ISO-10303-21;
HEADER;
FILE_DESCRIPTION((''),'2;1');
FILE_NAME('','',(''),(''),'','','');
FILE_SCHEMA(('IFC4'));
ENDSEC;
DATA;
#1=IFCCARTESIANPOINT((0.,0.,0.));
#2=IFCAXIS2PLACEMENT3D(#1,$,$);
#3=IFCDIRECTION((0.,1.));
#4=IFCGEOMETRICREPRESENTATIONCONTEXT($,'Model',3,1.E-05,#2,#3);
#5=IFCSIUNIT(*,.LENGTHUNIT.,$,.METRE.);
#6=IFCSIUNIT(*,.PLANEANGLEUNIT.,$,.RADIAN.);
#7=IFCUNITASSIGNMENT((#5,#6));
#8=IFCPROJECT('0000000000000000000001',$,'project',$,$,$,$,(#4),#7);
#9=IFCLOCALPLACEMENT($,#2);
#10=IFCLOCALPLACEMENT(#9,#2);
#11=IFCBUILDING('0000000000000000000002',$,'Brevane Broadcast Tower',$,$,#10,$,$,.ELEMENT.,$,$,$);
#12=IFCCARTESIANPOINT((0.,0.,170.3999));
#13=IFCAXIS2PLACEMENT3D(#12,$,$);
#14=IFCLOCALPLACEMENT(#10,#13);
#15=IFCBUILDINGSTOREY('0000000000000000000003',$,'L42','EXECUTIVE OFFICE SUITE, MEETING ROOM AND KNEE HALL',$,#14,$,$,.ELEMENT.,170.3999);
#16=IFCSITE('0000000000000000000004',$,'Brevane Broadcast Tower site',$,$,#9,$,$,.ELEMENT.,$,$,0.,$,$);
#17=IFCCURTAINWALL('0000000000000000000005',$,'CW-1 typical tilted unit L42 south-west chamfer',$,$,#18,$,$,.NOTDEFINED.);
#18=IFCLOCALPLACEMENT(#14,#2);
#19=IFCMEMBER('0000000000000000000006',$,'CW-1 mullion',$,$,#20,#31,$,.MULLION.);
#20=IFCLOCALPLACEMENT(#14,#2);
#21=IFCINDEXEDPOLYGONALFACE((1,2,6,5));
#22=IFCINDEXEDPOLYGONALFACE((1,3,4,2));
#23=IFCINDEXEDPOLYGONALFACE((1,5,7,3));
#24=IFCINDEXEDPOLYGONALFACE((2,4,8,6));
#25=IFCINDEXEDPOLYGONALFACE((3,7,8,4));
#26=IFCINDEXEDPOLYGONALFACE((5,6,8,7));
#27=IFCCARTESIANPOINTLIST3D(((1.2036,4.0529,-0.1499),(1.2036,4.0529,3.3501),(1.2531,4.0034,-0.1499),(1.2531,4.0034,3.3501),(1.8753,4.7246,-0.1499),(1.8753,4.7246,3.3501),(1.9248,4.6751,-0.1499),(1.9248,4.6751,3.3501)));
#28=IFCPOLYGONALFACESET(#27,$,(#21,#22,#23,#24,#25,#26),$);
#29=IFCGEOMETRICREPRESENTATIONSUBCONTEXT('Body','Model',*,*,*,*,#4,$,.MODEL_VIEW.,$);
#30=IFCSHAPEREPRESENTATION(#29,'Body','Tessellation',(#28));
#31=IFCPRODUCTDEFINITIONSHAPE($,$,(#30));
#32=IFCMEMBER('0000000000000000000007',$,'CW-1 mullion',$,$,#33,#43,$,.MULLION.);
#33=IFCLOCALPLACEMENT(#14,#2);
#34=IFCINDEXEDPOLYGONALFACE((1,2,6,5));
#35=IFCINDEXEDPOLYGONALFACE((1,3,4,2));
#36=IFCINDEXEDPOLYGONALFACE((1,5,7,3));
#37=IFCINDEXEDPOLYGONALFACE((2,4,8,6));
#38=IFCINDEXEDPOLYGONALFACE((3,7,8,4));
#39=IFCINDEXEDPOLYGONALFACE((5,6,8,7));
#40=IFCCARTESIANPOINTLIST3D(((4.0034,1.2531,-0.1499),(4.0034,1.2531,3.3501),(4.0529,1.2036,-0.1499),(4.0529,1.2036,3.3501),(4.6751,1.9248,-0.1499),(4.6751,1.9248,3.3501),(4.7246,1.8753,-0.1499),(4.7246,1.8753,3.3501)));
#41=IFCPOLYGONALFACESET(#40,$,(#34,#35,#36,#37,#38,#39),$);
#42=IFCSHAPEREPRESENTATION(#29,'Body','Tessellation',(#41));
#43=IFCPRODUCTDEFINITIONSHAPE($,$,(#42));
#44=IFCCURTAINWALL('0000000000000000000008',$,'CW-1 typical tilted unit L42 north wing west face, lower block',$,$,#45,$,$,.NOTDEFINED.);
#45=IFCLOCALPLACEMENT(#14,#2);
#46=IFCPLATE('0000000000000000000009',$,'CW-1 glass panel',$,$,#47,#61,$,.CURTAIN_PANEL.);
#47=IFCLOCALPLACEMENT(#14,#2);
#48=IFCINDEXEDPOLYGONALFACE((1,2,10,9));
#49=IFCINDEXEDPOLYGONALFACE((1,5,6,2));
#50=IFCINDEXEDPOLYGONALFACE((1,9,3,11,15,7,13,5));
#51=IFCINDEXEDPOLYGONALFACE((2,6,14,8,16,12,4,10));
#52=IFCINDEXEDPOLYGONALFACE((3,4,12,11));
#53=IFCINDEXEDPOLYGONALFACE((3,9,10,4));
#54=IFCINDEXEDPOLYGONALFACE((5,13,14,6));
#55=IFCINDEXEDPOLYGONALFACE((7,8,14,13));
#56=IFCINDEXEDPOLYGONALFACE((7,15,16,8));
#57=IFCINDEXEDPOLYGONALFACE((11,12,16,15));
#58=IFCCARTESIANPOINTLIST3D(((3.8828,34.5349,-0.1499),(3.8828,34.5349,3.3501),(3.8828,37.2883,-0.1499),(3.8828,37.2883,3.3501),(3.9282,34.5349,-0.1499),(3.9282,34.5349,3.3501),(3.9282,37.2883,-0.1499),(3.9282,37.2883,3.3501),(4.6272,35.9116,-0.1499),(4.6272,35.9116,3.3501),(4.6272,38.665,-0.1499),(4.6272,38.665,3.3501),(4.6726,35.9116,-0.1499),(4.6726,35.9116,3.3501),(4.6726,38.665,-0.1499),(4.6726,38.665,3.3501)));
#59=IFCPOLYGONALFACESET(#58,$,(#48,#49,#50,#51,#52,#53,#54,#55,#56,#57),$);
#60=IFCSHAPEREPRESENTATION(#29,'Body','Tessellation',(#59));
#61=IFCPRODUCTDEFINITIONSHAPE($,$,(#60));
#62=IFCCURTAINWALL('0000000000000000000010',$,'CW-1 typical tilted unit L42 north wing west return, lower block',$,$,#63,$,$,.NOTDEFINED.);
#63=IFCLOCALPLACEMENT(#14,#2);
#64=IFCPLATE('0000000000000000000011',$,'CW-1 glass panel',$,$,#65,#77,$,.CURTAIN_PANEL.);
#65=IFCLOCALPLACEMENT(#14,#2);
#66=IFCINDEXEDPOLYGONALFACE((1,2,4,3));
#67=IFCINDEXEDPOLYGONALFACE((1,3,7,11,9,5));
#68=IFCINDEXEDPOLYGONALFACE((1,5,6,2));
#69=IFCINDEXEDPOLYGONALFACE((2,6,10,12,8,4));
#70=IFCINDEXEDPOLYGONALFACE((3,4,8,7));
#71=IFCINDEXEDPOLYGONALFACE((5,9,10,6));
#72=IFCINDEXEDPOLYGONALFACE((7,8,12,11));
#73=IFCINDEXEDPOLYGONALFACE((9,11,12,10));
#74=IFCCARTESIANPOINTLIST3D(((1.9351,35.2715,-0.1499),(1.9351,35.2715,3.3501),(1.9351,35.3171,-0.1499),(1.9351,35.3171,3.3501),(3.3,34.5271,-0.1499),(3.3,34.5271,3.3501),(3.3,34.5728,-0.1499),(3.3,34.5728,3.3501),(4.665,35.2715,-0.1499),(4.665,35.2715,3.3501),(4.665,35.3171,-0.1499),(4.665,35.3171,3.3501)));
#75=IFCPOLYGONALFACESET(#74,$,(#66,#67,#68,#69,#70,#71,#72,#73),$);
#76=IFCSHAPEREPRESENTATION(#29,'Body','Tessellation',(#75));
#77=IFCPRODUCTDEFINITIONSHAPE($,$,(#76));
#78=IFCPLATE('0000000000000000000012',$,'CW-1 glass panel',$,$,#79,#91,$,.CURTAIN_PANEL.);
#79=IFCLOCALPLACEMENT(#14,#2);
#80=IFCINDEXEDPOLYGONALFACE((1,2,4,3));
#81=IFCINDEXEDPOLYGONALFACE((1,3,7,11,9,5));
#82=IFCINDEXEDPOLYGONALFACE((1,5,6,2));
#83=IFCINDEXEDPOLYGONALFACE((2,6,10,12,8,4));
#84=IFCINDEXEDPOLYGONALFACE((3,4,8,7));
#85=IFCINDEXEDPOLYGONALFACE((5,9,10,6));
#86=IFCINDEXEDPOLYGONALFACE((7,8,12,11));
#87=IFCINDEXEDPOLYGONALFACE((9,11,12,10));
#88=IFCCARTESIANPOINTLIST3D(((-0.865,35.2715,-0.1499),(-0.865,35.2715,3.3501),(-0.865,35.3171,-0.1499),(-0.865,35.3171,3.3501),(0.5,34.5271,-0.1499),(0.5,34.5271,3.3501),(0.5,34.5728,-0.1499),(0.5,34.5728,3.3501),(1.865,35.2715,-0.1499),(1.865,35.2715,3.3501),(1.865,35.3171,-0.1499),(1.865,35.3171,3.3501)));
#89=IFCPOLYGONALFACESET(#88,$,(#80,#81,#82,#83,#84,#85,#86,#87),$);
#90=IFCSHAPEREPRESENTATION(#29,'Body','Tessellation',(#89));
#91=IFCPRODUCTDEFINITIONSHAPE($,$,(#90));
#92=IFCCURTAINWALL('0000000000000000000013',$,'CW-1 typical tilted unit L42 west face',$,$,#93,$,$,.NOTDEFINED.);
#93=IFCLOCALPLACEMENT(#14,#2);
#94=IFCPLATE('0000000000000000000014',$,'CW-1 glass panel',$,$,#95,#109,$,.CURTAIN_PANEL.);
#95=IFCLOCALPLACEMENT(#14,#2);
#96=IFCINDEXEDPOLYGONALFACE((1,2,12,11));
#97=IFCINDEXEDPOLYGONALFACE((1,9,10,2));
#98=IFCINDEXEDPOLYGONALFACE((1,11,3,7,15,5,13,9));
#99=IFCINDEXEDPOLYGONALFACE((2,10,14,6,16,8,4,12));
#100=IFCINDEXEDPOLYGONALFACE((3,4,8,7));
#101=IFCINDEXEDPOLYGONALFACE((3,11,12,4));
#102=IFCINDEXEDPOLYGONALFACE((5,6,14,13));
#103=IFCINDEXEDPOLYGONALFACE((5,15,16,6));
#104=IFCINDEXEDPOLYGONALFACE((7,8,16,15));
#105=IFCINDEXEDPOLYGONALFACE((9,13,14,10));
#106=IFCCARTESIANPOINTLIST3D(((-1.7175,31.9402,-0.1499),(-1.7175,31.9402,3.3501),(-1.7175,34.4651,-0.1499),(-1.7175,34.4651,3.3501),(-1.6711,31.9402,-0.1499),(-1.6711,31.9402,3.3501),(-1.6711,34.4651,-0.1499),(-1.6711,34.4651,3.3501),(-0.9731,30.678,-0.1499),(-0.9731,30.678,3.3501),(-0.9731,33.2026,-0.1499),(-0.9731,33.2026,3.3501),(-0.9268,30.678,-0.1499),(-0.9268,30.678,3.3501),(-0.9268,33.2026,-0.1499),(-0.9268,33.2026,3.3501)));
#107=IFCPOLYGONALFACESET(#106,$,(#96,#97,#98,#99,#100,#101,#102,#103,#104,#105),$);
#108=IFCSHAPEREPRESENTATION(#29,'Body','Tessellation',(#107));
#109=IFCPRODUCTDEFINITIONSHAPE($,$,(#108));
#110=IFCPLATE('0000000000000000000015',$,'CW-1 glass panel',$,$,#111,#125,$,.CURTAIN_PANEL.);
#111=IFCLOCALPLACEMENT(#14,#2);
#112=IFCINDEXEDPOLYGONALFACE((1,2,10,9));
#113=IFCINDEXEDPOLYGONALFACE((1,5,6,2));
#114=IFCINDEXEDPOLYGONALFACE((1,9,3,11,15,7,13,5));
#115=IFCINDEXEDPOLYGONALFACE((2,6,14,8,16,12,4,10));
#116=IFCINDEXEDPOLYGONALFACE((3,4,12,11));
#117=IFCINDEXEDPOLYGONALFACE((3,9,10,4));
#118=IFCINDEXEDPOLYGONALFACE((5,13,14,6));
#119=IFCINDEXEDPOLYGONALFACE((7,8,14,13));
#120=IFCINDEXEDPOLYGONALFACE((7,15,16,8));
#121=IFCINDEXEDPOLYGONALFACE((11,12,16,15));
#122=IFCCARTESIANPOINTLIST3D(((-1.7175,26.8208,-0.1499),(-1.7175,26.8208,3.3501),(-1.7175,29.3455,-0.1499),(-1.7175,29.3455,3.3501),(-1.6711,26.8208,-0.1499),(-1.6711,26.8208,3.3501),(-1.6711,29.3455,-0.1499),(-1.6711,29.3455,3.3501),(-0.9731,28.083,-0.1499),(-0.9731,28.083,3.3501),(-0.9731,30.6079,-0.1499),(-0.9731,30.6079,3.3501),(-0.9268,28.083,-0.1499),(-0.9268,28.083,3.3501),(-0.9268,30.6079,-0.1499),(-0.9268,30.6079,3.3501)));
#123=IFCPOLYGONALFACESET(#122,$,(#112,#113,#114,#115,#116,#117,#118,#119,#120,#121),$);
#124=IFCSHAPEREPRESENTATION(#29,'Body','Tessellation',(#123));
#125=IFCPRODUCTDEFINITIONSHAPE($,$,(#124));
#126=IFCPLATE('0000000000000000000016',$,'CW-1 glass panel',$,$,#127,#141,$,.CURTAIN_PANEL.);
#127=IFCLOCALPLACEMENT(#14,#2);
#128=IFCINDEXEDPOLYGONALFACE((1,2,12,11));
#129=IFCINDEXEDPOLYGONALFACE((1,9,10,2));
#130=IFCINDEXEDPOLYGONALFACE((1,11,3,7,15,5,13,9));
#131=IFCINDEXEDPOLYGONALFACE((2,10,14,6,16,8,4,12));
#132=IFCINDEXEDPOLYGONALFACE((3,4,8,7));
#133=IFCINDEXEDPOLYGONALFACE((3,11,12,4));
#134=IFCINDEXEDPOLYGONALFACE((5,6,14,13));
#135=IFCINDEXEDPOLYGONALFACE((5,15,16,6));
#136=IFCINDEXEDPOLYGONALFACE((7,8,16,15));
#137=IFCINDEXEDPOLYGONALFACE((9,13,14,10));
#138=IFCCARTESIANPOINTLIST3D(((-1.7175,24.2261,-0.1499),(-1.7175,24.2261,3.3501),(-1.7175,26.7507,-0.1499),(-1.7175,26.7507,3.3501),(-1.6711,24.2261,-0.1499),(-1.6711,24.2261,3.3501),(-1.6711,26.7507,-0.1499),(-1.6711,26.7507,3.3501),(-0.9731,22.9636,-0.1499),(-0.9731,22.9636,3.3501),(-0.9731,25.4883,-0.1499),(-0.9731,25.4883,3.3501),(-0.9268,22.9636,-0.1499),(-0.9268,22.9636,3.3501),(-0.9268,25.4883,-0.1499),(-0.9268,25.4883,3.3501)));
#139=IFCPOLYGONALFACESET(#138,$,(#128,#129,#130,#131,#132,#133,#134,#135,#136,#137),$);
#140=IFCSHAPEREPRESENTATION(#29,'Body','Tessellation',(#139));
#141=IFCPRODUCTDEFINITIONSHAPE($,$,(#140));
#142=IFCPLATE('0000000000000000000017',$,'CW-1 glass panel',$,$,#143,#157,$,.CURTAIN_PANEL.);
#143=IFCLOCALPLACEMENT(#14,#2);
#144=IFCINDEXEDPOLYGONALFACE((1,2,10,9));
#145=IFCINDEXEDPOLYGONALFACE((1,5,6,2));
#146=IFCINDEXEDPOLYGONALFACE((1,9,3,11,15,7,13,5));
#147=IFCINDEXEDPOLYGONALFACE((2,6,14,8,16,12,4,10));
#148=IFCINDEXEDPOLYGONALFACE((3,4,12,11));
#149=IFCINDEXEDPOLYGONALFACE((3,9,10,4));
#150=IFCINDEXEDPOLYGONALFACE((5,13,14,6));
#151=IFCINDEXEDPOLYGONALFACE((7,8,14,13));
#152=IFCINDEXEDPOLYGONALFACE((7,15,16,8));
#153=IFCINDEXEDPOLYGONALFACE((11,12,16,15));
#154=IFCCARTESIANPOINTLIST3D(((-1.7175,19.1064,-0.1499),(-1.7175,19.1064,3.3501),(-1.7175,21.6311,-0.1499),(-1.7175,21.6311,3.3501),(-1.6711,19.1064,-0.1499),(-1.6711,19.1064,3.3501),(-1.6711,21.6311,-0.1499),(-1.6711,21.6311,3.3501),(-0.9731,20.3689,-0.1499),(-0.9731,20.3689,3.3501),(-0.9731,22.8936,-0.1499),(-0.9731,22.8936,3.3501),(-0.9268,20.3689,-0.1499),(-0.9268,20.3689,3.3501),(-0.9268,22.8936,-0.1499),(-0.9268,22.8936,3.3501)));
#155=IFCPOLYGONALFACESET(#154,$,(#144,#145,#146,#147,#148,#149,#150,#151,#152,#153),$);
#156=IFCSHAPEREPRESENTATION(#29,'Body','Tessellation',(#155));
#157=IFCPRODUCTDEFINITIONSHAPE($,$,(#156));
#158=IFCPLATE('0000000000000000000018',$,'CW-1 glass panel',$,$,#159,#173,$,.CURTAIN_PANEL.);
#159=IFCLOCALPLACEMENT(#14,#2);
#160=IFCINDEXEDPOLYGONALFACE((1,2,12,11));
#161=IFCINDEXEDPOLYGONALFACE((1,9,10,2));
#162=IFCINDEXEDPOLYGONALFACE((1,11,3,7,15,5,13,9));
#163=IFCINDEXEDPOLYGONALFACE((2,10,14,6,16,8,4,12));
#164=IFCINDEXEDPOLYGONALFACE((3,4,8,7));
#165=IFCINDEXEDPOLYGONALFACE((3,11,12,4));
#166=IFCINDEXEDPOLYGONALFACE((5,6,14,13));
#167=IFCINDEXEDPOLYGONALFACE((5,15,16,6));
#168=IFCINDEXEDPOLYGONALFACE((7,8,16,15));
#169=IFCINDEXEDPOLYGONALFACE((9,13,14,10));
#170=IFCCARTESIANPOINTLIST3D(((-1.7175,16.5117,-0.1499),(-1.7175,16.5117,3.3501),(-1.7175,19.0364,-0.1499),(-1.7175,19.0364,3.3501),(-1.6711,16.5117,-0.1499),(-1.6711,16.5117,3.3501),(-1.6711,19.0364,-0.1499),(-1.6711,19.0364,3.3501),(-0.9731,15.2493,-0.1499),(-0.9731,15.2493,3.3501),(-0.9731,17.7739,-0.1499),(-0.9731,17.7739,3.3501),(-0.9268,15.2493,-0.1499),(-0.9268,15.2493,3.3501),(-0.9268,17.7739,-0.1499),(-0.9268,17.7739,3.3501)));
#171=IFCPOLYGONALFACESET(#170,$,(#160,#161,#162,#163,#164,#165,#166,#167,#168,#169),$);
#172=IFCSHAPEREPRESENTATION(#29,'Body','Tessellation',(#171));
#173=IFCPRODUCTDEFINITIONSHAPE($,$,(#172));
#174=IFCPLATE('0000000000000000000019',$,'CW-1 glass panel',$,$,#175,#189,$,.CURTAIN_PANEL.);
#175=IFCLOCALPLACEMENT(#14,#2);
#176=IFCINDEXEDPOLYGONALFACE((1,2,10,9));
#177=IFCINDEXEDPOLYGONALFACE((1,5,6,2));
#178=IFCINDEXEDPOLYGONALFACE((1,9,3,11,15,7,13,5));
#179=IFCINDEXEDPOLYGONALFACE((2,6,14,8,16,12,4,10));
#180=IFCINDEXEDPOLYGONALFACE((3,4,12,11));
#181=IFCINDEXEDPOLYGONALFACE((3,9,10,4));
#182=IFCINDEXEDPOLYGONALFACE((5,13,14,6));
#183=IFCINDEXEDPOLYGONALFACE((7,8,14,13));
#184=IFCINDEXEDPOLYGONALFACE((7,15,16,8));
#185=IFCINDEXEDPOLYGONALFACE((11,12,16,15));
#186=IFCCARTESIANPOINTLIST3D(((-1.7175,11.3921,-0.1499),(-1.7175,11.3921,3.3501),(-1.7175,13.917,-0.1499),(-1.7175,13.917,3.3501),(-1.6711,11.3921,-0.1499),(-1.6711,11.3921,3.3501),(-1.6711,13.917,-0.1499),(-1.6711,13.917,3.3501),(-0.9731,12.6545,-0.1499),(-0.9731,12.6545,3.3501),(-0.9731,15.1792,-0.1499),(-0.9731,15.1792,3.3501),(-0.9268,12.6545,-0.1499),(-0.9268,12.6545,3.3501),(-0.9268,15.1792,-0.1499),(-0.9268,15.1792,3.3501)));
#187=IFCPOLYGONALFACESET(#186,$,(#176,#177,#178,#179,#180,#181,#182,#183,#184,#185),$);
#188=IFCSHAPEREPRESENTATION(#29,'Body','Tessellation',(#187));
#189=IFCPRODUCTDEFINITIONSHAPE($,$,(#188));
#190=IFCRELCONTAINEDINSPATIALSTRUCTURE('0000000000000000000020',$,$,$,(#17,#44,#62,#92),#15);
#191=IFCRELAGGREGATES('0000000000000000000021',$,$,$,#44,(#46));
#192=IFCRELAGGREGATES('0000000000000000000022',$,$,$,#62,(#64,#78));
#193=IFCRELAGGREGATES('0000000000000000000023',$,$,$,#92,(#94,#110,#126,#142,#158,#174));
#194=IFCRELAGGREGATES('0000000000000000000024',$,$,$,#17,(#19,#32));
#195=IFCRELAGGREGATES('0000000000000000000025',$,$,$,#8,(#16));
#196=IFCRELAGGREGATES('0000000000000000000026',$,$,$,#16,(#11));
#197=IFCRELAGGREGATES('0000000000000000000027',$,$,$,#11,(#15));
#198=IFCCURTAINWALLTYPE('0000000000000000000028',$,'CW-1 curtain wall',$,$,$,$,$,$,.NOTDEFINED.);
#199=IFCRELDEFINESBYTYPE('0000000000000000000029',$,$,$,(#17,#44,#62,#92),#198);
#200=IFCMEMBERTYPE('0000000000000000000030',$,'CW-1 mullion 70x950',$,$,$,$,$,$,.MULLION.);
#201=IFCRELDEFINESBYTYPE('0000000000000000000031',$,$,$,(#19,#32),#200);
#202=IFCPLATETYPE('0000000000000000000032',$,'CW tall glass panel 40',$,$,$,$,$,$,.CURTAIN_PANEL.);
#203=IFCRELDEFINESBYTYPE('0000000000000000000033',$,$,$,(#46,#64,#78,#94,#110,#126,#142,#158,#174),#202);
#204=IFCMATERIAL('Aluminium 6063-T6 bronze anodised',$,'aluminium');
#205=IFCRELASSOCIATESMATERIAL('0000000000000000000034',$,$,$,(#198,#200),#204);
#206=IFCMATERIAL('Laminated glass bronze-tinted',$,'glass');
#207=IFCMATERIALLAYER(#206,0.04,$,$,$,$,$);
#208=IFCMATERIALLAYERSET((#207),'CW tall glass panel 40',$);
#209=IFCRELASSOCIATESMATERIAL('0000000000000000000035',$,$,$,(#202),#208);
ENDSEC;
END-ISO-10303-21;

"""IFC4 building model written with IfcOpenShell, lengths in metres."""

from ifc_helpers import new_model, si_unit, direction, frame, origin, origin_2d, place, context, subcontext, project, spatial, polyline, rectangle, outline, extrude, material, layer, layer_set, material_profile, profile_set, type_object, element, aggregate, save


model = new_model("IFC4")

# Units and contexts
model_context = context("Model", 3, precision=1e-05, world=origin(), true_north=direction((0.0, 1.0)))
body_context = subcontext(model_context, "Body", "Model", "MODEL_VIEW")
ifc_project = project(units=[si_unit("LENGTHUNIT", "METRE"), si_unit("PLANEANGLEUNIT", "RADIAN")], contexts=[model_context])

# Site, building, storey
site_placement = place(None, origin())
site = spatial("IfcSite", under=ifc_project, at=site_placement, Name="Brevane Broadcast Tower site", CompositionType="ELEMENT", RefElevation=0.0)
building_placement = place(site_placement, origin())
building = spatial("IfcBuilding", under=site, at=building_placement, Name="Brevane Broadcast Tower", CompositionType="ELEMENT")
storey_placement = place(building_placement, frame((0.0, 0.0, 170.3999)))
storey = spatial("IfcBuildingStorey", under=building, at=storey_placement, Name="L42", Description="EXECUTIVE OFFICE SUITE, MEETING ROOM AND KNEE HALL", CompositionType="ELEMENT", Elevation=170.3999)

# Curtain wall, members
ifc_material_1 = material(Name="Aluminium 6063-T6 bronze anodised", Category="aluminium")
curtain_wall_type = type_object("IfcCurtainWallType", Name="CW-1 curtain wall", PredefinedType="NOTDEFINED", material=ifc_material_1)
curtain_wall_1_placement = place(storey_placement, origin())
curtain_wall_1 = element("IfcCurtainWall", 1, at=curtain_wall_1_placement, inside=storey, type_object=curtain_wall_type, Name="CW-1 typical tilted unit L42 south-west chamfer", PredefinedType="NOTDEFINED")
ifc_material_profile = material_profile(ifc_material_1, rectangle(XDim=0.95, YDim=0.0701, at=origin_2d()), Name="RECT 70x950")
ifc_profile_set = profile_set([ifc_material_profile], Name="Aluminium 6063-T6 bronze anodised")
member_type = type_object("IfcMemberType", Name="CW-1 mullion 70x950", PredefinedType="MULLION", material=ifc_profile_set)
member_1_placement = place(storey_placement, frame((1.5642, 4.364, -0.1499), z_axis=(0.0, 0.0, 1.0), x_axis=(0.707107, 0.707107, 0.0)))
member_1 = element("IfcMember", 2, at=member_1_placement, type_object=member_type, Name="CW-1 mullion", PredefinedType="MULLION", context=body_context, shape_type="SweptSolid", body=[
    extrude(rectangle(XDim=0.95, YDim=0.0701, at=origin_2d()), origin(), (0.0, 0.0, 1.0), 3.5),
])
member_2_placement = place(storey_placement, frame((4.364, 1.5642, -0.1499), z_axis=(0.0, 0.0, 1.0), x_axis=(0.707107, 0.707107, 0.0)))
member_2 = element("IfcMember", 3, at=member_2_placement, type_object=member_type, Name="CW-1 mullion", PredefinedType="MULLION", context=body_context, shape_type="SweptSolid", body=[
    extrude(rectangle(XDim=0.95, YDim=0.0701, at=origin_2d()), origin(), (0.0, 0.0, 1.0), 3.5),
])

# Curtain wall, plate
curtain_wall_2_placement = place(storey_placement, origin())
curtain_wall_2 = element("IfcCurtainWall", 4, at=curtain_wall_2_placement, inside=storey, type_object=curtain_wall_type, Name="CW-1 typical tilted unit L42 north wing west face, lower block", PredefinedType="NOTDEFINED")
ifc_material_2 = material(Name="Laminated glass bronze-tinted", Category="glass")
ifc_layer_1 = layer(ifc_material_2, 0.04)
ifc_layer_set_1 = layer_set([ifc_layer_1], Name="CW tall glass panel 40")
plate_type = type_object("IfcPlateType", Name="CW tall glass panel 40", PredefinedType="CURTAIN_PANEL", material=ifc_layer_set_1)
plate_1_placement = place(storey_placement, frame((0.0, 0.0, -0.1499)))
plate_1 = element("IfcPlate", 5, at=plate_1_placement, type_object=plate_type, Name="CW-1 glass panel", PredefinedType="CURTAIN_PANEL", context=body_context, shape_type="SweptSolid", body=[
    extrude(outline(polyline([(4.6726, 38.665), (4.6272, 38.665), (3.8828, 37.2883), (4.6272, 35.9116), (3.8828, 34.5349), (3.9282, 34.5349), (4.6726, 35.9116), (3.9282, 37.2883), (4.6726, 38.665)])), origin(), (0.0, 0.0, 1.0), 3.5),
])
aggregate(curtain_wall_2, [plate_1])

# Curtain walls, plates
curtain_wall_3_placement = place(storey_placement, origin())
curtain_wall_3 = element("IfcCurtainWall", 6, at=curtain_wall_3_placement, inside=storey, type_object=curtain_wall_type, Name="CW-1 typical tilted unit L42 north wing west return, lower block", PredefinedType="NOTDEFINED")
plate_2_placement = place(storey_placement, frame((0.0, 0.0, -0.1499)))
plate_2 = element("IfcPlate", 7, at=plate_2_placement, type_object=plate_type, Name="CW-1 glass panel", PredefinedType="CURTAIN_PANEL", context=body_context, shape_type="SweptSolid", body=[
    extrude(outline(polyline([(4.665, 35.2715), (4.665, 35.3171), (3.3, 34.5728), (1.9351, 35.3171), (1.9351, 35.2715), (3.3, 34.5271), (4.665, 35.2715)])), origin(), (0.0, 0.0, 1.0), 3.5),
])
plate_3_placement = place(storey_placement, frame((0.0, 0.0, -0.1499)))
plate_3 = element("IfcPlate", 8, at=plate_3_placement, type_object=plate_type, Name="CW-1 glass panel", PredefinedType="CURTAIN_PANEL", context=body_context, shape_type="SweptSolid", body=[
    extrude(outline(polyline([(1.865, 35.2715), (1.865, 35.3171), (0.5, 34.5728), (-0.865, 35.3171), (-0.865, 35.2715), (0.5, 34.5271), (1.865, 35.2715)])), origin(), (0.0, 0.0, 1.0), 3.5),
])
aggregate(curtain_wall_3, [plate_2, plate_3])
curtain_wall_4_placement = place(storey_placement, origin())
curtain_wall_4 = element("IfcCurtainWall", 9, at=curtain_wall_4_placement, inside=storey, type_object=curtain_wall_type, Name="CW-1 typical tilted unit L42 west face", PredefinedType="NOTDEFINED")
plate_4_placement = place(storey_placement, frame((0.0, 0.0, -0.1499)))
plate_4 = element("IfcPlate", 10, at=plate_4_placement, type_object=plate_type, Name="CW-1 glass panel", PredefinedType="CURTAIN_PANEL", context=body_context, shape_type="SweptSolid", body=[
    extrude(outline(polyline([(-1.6711, 34.4651), (-1.7175, 34.4651), (-0.9731, 33.2026), (-1.7175, 31.9402), (-0.9731, 30.678), (-0.9268, 30.678), (-1.6711, 31.9402), (-0.9268, 33.2026), (-1.6711, 34.4651)])), origin(), (0.0, 0.0, 1.0), 3.5),
])
plate_5_placement = place(storey_placement, frame((0.0, 0.0, -0.1499)))
plate_5 = element("IfcPlate", 11, at=plate_5_placement, type_object=plate_type, Name="CW-1 glass panel", PredefinedType="CURTAIN_PANEL", context=body_context, shape_type="SweptSolid", body=[
    extrude(outline(polyline([(-0.9268, 30.6079), (-0.9731, 30.6079), (-1.7175, 29.3455), (-0.9731, 28.083), (-1.7175, 26.8208), (-1.6711, 26.8208), (-0.9268, 28.083), (-1.6711, 29.3455), (-0.9268, 30.6079)])), origin(), (0.0, 0.0, 1.0), 3.5),
])
plate_6_placement = place(storey_placement, frame((0.0, 0.0, -0.1499)))
plate_6 = element("IfcPlate", 12, at=plate_6_placement, type_object=plate_type, Name="CW-1 glass panel", PredefinedType="CURTAIN_PANEL", context=body_context, shape_type="SweptSolid", body=[
    extrude(outline(polyline([(-1.6711, 26.7507), (-1.7175, 26.7507), (-0.9731, 25.4883), (-1.7175, 24.2261), (-0.9731, 22.9636), (-0.9268, 22.9636), (-1.6711, 24.2261), (-0.9268, 25.4883), (-1.6711, 26.7507)])), origin(), (0.0, 0.0, 1.0), 3.5),
])
plate_7_placement = place(storey_placement, frame((0.0, 0.0, -0.1499)))
plate_7 = element("IfcPlate", 13, at=plate_7_placement, type_object=plate_type, Name="CW-1 glass panel", PredefinedType="CURTAIN_PANEL", context=body_context, shape_type="SweptSolid", body=[
    extrude(outline(polyline([(-0.9268, 22.8936), (-0.9731, 22.8936), (-1.7175, 21.6311), (-0.9731, 20.3689), (-1.7175, 19.1064), (-1.6711, 19.1064), (-0.9268, 20.3689), (-1.6711, 21.6311), (-0.9268, 22.8936)])), origin(), (0.0, 0.0, 1.0), 3.5),
])
plate_8_placement = place(storey_placement, frame((0.0, 0.0, -0.1499)))
plate_8 = element("IfcPlate", 14, at=plate_8_placement, type_object=plate_type, Name="CW-1 glass panel", PredefinedType="CURTAIN_PANEL", context=body_context, shape_type="SweptSolid", body=[
    extrude(outline(polyline([(-1.6711, 19.0364), (-1.7175, 19.0364), (-0.9731, 17.7739), (-1.7175, 16.5117), (-0.9731, 15.2493), (-0.9268, 15.2493), (-1.6711, 16.5117), (-0.9268, 17.7739), (-1.6711, 19.0364)])), origin(), (0.0, 0.0, 1.0), 3.5),
])
plate_9_placement = place(storey_placement, frame((0.0, 0.0, -0.1499)))
plate_9 = element("IfcPlate", 15, at=plate_9_placement, type_object=plate_type, Name="CW-1 glass panel", PredefinedType="CURTAIN_PANEL", context=body_context, shape_type="SweptSolid", body=[
    extrude(outline(polyline([(-0.9268, 15.1792), (-0.9731, 15.1792), (-1.7175, 13.917), (-0.9731, 12.6545), (-1.7175, 11.3921), (-1.6711, 11.3921), (-0.9268, 12.6545), (-1.6711, 13.917), (-0.9268, 15.1792)])), origin(), (0.0, 0.0, 1.0), 3.5),
])
aggregate(curtain_wall_4, [plate_4, plate_5, plate_6, plate_7, plate_8, plate_9])

aggregate(curtain_wall_1, [member_1, member_2])

save(model, "model.ifc")
